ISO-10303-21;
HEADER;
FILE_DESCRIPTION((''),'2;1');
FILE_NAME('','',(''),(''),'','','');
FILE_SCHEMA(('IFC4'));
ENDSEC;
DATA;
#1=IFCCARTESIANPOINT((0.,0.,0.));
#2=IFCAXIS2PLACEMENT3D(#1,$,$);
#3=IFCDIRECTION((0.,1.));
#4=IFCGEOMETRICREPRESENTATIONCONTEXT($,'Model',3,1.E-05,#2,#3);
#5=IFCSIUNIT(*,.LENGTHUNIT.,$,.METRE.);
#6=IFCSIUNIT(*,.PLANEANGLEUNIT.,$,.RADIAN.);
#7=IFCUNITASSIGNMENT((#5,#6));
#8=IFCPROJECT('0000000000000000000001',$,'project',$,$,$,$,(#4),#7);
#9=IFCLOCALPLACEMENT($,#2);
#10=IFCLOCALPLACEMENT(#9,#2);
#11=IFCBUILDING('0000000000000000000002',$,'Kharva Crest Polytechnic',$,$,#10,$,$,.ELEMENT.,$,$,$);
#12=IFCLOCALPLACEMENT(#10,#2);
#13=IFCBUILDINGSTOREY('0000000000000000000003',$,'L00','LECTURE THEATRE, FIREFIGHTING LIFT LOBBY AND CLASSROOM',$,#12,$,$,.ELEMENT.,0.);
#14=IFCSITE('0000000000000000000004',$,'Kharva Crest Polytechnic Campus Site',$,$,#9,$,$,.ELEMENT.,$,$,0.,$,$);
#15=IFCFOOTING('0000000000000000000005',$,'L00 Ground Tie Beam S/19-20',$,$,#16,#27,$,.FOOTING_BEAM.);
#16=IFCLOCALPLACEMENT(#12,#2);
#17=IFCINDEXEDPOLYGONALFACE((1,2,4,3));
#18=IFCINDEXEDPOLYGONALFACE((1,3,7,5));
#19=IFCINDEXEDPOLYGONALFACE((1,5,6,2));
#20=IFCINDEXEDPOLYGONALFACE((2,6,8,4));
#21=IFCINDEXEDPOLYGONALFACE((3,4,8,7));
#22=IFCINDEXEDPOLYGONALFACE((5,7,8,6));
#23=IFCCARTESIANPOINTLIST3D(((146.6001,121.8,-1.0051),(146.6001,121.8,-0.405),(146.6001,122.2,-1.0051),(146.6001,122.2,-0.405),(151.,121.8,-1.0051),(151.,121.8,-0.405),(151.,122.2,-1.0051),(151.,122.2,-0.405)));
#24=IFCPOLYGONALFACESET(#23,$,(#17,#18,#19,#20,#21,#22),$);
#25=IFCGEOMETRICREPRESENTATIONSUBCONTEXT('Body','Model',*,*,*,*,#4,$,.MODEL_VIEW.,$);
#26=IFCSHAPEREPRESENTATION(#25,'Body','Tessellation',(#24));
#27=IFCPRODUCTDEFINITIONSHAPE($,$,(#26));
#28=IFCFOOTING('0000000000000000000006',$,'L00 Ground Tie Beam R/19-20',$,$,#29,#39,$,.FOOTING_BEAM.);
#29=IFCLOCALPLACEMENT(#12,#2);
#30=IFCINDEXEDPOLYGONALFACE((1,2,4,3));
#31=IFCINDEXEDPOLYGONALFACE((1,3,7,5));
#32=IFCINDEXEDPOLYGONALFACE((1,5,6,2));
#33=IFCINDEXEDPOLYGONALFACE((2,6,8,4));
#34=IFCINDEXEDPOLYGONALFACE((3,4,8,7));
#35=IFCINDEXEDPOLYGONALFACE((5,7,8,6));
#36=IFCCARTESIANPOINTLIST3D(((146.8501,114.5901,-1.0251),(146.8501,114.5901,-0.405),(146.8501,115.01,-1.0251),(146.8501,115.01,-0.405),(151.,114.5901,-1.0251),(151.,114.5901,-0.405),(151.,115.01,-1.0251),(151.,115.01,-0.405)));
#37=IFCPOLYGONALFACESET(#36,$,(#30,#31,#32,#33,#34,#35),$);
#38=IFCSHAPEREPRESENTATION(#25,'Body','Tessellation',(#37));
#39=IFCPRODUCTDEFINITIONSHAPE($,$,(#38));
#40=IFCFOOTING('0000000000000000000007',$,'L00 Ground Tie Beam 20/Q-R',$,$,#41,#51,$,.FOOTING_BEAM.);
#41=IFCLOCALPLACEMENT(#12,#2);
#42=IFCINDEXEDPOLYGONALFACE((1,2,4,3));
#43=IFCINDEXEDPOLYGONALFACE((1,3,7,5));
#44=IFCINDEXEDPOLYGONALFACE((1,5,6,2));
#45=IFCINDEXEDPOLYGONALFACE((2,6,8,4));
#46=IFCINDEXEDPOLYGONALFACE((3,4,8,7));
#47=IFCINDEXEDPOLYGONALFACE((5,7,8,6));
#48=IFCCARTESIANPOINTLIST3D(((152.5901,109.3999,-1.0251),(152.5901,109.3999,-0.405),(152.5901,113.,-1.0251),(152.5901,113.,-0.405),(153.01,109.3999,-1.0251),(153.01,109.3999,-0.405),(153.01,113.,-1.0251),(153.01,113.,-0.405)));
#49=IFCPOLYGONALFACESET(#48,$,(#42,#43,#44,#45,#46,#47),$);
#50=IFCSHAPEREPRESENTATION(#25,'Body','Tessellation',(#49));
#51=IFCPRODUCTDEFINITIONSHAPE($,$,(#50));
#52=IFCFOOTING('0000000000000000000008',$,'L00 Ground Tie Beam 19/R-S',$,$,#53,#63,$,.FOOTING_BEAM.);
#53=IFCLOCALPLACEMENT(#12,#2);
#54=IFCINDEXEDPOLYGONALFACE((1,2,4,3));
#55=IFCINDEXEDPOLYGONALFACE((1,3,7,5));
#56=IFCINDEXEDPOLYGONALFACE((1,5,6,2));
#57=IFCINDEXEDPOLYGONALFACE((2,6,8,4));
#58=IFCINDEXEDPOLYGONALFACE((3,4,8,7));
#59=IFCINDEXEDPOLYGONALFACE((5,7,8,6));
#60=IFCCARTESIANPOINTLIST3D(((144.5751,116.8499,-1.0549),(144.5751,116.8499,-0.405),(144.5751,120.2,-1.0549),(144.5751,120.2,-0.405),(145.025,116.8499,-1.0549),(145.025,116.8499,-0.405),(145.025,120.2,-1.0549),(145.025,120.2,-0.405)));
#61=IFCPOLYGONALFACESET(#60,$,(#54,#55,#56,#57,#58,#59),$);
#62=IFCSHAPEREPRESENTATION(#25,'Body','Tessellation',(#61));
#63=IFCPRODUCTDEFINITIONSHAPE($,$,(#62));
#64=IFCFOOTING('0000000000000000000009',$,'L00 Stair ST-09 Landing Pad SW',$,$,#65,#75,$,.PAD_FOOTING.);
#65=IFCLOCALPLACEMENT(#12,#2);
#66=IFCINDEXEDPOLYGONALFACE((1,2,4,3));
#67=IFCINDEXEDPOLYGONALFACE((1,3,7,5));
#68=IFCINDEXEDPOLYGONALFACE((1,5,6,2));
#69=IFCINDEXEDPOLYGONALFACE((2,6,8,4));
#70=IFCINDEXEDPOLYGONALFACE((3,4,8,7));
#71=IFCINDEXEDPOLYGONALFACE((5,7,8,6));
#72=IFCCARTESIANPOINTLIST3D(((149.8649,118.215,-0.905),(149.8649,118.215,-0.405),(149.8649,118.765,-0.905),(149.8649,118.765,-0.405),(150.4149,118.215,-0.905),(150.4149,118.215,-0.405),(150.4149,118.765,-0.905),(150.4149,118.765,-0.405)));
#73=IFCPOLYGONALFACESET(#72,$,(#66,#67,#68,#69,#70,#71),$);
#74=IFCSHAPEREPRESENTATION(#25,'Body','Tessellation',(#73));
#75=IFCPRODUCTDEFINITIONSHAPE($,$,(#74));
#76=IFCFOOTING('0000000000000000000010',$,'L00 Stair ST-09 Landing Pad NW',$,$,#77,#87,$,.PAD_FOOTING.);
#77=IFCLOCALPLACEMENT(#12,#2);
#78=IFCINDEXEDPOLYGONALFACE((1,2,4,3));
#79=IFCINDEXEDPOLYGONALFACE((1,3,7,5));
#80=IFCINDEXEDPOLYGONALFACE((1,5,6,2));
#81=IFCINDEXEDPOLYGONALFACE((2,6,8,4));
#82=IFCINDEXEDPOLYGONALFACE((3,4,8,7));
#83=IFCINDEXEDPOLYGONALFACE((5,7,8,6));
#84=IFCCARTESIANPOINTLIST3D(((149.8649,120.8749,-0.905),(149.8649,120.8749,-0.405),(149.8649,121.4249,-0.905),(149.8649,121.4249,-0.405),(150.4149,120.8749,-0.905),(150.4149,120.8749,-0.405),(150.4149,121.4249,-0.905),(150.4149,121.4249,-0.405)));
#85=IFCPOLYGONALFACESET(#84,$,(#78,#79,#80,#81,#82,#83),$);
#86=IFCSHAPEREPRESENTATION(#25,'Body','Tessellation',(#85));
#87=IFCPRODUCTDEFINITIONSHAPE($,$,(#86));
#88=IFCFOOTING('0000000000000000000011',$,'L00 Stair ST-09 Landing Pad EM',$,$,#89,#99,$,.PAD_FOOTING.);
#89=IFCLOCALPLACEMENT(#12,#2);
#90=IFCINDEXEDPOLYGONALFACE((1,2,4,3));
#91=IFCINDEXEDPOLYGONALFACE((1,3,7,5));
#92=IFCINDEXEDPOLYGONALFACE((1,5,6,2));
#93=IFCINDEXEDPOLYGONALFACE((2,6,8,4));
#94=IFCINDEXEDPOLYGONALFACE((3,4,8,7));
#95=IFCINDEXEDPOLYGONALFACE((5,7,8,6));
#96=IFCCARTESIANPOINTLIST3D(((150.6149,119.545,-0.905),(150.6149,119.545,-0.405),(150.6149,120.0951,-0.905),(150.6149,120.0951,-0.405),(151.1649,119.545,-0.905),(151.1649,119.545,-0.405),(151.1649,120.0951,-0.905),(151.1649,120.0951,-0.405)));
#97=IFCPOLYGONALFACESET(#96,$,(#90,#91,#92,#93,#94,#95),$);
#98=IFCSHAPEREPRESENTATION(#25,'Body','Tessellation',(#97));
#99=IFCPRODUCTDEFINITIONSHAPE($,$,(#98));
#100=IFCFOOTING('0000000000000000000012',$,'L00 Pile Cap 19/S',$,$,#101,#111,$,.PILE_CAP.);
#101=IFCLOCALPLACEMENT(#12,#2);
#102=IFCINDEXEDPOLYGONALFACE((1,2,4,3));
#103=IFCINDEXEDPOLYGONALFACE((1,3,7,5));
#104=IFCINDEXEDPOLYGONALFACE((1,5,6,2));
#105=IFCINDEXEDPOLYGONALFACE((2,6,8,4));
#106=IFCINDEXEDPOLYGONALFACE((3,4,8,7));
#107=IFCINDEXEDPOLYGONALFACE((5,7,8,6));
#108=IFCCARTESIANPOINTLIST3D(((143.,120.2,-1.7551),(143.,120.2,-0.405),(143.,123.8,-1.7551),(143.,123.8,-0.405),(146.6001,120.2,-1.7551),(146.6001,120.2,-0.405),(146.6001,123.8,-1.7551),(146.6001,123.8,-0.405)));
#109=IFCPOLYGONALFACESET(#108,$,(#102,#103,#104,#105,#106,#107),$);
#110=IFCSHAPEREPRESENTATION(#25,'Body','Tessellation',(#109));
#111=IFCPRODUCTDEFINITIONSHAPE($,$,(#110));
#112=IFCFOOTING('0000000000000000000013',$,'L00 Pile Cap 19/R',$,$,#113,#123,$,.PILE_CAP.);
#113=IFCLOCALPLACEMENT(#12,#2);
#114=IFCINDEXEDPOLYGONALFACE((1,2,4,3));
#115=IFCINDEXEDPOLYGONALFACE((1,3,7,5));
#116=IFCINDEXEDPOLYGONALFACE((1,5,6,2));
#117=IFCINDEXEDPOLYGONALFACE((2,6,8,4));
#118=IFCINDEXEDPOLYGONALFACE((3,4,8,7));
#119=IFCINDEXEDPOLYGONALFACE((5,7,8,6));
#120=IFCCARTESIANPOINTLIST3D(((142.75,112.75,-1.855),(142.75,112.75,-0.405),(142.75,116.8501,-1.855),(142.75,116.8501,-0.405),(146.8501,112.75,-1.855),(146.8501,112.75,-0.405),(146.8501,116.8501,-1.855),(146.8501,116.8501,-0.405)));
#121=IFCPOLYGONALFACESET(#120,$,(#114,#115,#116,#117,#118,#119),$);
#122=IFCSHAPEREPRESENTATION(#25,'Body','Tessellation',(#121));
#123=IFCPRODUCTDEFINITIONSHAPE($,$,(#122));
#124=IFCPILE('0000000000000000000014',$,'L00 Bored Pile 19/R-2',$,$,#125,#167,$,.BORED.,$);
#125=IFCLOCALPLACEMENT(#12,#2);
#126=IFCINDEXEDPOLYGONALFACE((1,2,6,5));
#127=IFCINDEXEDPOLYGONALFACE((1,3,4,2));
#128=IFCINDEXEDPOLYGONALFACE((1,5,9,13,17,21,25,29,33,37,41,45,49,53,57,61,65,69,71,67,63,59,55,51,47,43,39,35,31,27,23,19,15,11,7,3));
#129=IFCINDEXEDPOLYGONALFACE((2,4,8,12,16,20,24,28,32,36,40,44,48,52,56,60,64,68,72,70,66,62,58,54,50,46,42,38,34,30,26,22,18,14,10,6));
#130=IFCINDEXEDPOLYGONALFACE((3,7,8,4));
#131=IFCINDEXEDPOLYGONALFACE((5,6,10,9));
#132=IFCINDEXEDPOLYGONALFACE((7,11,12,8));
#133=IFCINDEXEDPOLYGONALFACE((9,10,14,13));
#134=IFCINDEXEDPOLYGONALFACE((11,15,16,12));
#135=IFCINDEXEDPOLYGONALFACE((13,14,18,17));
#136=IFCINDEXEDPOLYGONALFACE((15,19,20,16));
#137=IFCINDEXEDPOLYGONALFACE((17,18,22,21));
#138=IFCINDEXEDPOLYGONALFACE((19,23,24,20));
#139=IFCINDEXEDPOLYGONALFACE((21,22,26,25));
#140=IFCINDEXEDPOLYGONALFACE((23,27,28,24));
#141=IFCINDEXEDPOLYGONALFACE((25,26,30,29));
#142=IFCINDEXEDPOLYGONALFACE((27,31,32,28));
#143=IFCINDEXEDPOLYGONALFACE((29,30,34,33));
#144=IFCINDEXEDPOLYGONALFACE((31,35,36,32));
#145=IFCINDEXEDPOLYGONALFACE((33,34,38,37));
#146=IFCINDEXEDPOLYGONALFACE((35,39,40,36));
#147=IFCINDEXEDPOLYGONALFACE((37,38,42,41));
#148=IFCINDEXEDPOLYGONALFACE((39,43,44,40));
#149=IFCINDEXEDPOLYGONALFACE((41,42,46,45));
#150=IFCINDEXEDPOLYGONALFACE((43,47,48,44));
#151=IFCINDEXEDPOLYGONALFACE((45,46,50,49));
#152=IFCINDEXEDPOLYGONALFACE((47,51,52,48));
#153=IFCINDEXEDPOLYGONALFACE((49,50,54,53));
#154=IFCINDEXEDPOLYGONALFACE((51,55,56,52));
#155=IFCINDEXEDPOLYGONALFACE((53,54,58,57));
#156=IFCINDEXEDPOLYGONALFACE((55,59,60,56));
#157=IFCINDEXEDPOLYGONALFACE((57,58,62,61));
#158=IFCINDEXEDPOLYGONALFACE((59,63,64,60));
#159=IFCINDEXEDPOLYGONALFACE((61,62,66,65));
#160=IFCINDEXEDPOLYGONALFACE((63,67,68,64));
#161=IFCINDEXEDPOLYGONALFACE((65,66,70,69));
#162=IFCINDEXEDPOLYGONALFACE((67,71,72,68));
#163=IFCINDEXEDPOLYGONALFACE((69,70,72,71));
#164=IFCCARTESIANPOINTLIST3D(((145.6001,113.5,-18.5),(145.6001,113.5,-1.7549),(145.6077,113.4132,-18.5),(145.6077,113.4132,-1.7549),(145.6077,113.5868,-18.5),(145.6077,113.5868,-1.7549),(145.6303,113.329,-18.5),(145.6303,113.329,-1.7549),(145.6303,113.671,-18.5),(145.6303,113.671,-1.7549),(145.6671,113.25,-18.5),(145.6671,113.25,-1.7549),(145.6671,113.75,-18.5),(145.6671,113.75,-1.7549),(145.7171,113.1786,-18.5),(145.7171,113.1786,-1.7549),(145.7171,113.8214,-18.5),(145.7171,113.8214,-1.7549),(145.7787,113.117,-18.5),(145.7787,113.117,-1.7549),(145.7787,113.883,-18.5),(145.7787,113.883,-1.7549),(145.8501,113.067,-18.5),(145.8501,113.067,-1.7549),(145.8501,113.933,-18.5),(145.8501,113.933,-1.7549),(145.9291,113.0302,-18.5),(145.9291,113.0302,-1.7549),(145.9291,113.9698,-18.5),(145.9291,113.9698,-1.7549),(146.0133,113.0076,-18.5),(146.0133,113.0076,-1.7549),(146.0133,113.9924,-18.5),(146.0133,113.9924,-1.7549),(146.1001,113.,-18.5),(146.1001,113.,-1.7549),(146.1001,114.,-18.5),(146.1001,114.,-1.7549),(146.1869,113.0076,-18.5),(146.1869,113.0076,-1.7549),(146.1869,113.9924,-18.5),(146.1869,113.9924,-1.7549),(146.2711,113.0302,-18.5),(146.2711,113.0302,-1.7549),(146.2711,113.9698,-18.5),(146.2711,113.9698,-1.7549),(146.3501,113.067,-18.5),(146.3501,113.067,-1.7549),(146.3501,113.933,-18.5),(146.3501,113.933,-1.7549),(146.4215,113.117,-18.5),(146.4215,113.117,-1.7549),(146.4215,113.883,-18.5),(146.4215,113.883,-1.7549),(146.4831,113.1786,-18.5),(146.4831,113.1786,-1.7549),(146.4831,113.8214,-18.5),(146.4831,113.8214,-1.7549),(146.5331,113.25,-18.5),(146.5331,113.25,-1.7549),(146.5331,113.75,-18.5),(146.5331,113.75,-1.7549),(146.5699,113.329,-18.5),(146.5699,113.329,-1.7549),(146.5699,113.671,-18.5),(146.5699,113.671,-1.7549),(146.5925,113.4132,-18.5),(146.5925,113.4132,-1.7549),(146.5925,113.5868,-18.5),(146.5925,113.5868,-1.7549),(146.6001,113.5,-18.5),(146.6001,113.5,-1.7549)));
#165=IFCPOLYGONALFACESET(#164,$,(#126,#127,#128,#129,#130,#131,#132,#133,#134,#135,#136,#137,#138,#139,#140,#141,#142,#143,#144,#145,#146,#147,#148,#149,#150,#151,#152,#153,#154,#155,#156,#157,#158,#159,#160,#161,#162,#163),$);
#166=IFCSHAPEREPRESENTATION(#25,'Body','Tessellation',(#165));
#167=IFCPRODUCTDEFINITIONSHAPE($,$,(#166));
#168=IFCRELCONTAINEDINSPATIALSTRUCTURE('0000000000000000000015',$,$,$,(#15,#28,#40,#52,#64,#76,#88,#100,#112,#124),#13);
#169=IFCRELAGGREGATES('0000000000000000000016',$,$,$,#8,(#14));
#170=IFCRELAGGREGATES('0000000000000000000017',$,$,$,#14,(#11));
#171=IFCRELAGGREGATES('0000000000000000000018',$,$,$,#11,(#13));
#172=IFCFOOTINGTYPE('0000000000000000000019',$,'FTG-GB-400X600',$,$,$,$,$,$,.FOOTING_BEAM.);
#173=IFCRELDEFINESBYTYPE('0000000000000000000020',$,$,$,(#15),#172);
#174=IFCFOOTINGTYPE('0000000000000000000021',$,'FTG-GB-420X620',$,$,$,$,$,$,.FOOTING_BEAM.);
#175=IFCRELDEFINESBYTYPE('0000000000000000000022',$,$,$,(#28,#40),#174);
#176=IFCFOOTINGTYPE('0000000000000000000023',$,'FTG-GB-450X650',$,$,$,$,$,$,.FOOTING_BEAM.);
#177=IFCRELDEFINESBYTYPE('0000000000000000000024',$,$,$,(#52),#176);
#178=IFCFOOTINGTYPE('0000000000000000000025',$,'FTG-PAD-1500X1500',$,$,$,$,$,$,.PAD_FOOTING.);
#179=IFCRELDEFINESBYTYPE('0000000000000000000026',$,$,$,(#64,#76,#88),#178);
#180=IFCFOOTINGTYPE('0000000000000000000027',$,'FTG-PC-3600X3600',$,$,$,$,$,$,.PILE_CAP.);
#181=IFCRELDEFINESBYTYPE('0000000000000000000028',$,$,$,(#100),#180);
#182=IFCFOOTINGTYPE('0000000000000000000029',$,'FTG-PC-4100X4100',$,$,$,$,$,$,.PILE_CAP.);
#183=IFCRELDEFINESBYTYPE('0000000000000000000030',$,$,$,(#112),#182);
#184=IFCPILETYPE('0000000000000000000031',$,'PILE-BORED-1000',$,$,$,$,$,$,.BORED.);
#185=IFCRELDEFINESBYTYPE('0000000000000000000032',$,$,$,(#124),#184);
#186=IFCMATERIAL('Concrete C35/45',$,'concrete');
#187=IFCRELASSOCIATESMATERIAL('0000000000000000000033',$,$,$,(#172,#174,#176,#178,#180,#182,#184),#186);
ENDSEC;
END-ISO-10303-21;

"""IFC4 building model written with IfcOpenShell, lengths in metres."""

from ifc_helpers import new_model, si_unit, direction, frame, origin, origin_2d, place, context, subcontext, project, spatial, rectangle, circle, extrude, material, material_profile, profile_set, type_object, element, save


model = new_model("IFC4")

# Units and contexts
model_context = context("Model", 3, precision=1e-05, world=origin(), true_north=direction((0.0, 1.0)))
body_context = subcontext(model_context, "Body", "Model", "MODEL_VIEW")
ifc_project = project(units=[si_unit("LENGTHUNIT", "METRE"), si_unit("PLANEANGLEUNIT", "RADIAN")], contexts=[model_context])

# Site, building, storey
site_placement = place(None, origin())
site = spatial("IfcSite", under=ifc_project, at=site_placement, Name="Kharva Crest Polytechnic Campus Site", CompositionType="ELEMENT", RefElevation=0.0)
building_placement = place(site_placement, origin())
building = spatial("IfcBuilding", under=site, at=building_placement, Name="Kharva Crest Polytechnic", CompositionType="ELEMENT")
storey_placement = place(building_placement, origin())
storey = spatial("IfcBuildingStorey", under=building, at=storey_placement, Name="L00", Description="LECTURE THEATRE, FIREFIGHTING LIFT LOBBY AND CLASSROOM", CompositionType="ELEMENT", Elevation=0.0)

# Footings
ifc_material_1 = material(Name="Concrete C35/45", Category="concrete")
footing_type_1 = type_object("IfcFootingType", Name="FTG-GB-400X600", PredefinedType="FOOTING_BEAM", material=ifc_material_1)
footing_1_placement = place(storey_placement, frame((148.8, 122.0, -1.0051), z_axis=(0.0, 0.0, 1.0), x_axis=(1.0, 0.0, 0.0)))
element("IfcFooting", 1, at=footing_1_placement, inside=storey, type_object=footing_type_1, Name="L00 Ground Tie Beam S/19-20", PredefinedType="FOOTING_BEAM", context=body_context, shape_type="SweptSolid", body=[
    extrude(rectangle(XDim=4.3999, YDim=0.3999, at=origin_2d()), origin(), (0.0, 0.0, 1.0), 0.6001),
])
footing_type_2 = type_object("IfcFootingType", Name="FTG-GB-420X620", PredefinedType="FOOTING_BEAM", material=ifc_material_1)
footing_2_placement = place(storey_placement, frame((148.925, 114.8, -1.0251), z_axis=(0.0, 0.0, 1.0), x_axis=(1.0, 0.0, 0.0)))
element("IfcFooting", 2, at=footing_2_placement, inside=storey, type_object=footing_type_2, Name="L00 Ground Tie Beam R/19-20", PredefinedType="FOOTING_BEAM", context=body_context, shape_type="SweptSolid", body=[
    extrude(rectangle(XDim=4.1499, YDim=0.4199, at=origin_2d()), origin(), (0.0, 0.0, 1.0), 0.6201),
])
footing_3_placement = place(storey_placement, frame((152.8, 111.2, -1.0251), z_axis=(0.0, 0.0, 1.0), x_axis=(0.0, 1.0, 0.0)))
element("IfcFooting", 3, at=footing_3_placement, inside=storey, type_object=footing_type_2, Name="L00 Ground Tie Beam 20/Q-R", PredefinedType="FOOTING_BEAM", context=body_context, shape_type="SweptSolid", body=[
    extrude(rectangle(XDim=3.6001, YDim=0.4199, at=origin_2d()), origin(), (0.0, 0.0, 1.0), 0.6201),
])
footing_type_3 = type_object("IfcFootingType", Name="FTG-GB-450X650", PredefinedType="FOOTING_BEAM", material=ifc_material_1)
footing_4_placement = place(storey_placement, frame((144.8, 118.5249, -1.0549), z_axis=(0.0, 0.0, 1.0), x_axis=(0.0, 1.0, 0.0)))
element("IfcFooting", 4, at=footing_4_placement, inside=storey, type_object=footing_type_3, Name="L00 Ground Tie Beam 19/R-S", PredefinedType="FOOTING_BEAM", context=body_context, shape_type="SweptSolid", body=[
    extrude(rectangle(XDim=3.3501, YDim=0.45, at=origin_2d()), origin(), (0.0, 0.0, 1.0), 0.6499),
])
footing_type_4 = type_object("IfcFootingType", Name="FTG-PAD-1500X1500", PredefinedType="PAD_FOOTING", material=ifc_material_1)
for number, where, z_axis, x_axis, name in (
    (5, (150.1399, 118.49, -0.905), (0.0, 0.0, 1.0), (1.0, 0.0, 0.0), "L00 Stair ST-09 Landing Pad SW"),
    (6, (150.1399, 121.1499, -0.905), (0.0, 0.0, 1.0), (1.0, 0.0, 0.0), "L00 Stair ST-09 Landing Pad NW"),
    (7, (150.8899, 119.8201, -0.905), (0.0, 0.0, 1.0), (1.0, 0.0, 0.0), "L00 Stair ST-09 Landing Pad EM"),
):
    element("IfcFooting", number, at=place(storey_placement, frame(where, z_axis=z_axis, x_axis=x_axis)), inside=storey, type_object=footing_type_4, Name=name, PredefinedType="PAD_FOOTING", context=body_context, shape_type="SweptSolid", body=[
        extrude(rectangle(XDim=0.55, YDim=0.55, at=origin_2d()), origin(), (0.0, 0.0, 1.0), 0.5),
    ])
footing_type_5 = type_object("IfcFootingType", Name="FTG-PC-3600X3600", PredefinedType="PILE_CAP", material=ifc_material_1)
footing_5_placement = place(storey_placement, frame((144.8, 122.0, -1.7551), z_axis=(0.0, 0.0, 1.0), x_axis=(1.0, 0.0, 0.0)))
element("IfcFooting", 8, at=footing_5_placement, inside=storey, type_object=footing_type_5, Name="L00 Pile Cap 19/S", PredefinedType="PILE_CAP", context=body_context, shape_type="SweptSolid", body=[
    extrude(rectangle(XDim=3.6001, YDim=3.6001, at=origin_2d()), origin(), (0.0, 0.0, 1.0), 1.3501),
])
footing_type_6 = type_object("IfcFootingType", Name="FTG-PC-4100X4100", PredefinedType="PILE_CAP", material=ifc_material_1)
footing_6_placement = place(storey_placement, frame((144.8, 114.8, -1.855), z_axis=(0.0, 0.0, 1.0), x_axis=(1.0, 0.0, 0.0)))
element("IfcFooting", 9, at=footing_6_placement, inside=storey, type_object=footing_type_6, Name="L00 Pile Cap 19/R", PredefinedType="PILE_CAP", context=body_context, shape_type="SweptSolid", body=[
    extrude(rectangle(XDim=4.1001, YDim=4.1001, at=origin_2d()), origin(), (0.0, 0.0, 1.0), 1.45),
])

# Pile
ifc_material_profile_1 = material_profile(ifc_material_1, circle(Radius=0.5, at=origin_2d()), Name="DIA 1000")
ifc_profile_set_1 = profile_set([ifc_material_profile_1], Name="Concrete C35/45")
pile_type_1 = type_object("IfcPileType", Name="PILE-BORED-1000", PredefinedType="BORED", material=ifc_profile_set_1)
for number, where, z_axis, x_axis, name in (
    (10, (146.1001, 113.5, -1.7549), (0.0, 0.0, -1.0), (1.0, 0.0, 0.0), "L00 Bored Pile 19/R-2"),
):
    element("IfcPile", number, at=place(storey_placement, frame(where, z_axis=z_axis, x_axis=x_axis)), inside=storey, type_object=pile_type_1, Name=name, PredefinedType="BORED", context=body_context, shape_type="SweptSolid", body=[
        extrude(circle(Radius=0.5, at=origin_2d()), origin(), (0.0, 0.0, 1.0), 16.7451),
    ])

save(model, "model.ifc")
